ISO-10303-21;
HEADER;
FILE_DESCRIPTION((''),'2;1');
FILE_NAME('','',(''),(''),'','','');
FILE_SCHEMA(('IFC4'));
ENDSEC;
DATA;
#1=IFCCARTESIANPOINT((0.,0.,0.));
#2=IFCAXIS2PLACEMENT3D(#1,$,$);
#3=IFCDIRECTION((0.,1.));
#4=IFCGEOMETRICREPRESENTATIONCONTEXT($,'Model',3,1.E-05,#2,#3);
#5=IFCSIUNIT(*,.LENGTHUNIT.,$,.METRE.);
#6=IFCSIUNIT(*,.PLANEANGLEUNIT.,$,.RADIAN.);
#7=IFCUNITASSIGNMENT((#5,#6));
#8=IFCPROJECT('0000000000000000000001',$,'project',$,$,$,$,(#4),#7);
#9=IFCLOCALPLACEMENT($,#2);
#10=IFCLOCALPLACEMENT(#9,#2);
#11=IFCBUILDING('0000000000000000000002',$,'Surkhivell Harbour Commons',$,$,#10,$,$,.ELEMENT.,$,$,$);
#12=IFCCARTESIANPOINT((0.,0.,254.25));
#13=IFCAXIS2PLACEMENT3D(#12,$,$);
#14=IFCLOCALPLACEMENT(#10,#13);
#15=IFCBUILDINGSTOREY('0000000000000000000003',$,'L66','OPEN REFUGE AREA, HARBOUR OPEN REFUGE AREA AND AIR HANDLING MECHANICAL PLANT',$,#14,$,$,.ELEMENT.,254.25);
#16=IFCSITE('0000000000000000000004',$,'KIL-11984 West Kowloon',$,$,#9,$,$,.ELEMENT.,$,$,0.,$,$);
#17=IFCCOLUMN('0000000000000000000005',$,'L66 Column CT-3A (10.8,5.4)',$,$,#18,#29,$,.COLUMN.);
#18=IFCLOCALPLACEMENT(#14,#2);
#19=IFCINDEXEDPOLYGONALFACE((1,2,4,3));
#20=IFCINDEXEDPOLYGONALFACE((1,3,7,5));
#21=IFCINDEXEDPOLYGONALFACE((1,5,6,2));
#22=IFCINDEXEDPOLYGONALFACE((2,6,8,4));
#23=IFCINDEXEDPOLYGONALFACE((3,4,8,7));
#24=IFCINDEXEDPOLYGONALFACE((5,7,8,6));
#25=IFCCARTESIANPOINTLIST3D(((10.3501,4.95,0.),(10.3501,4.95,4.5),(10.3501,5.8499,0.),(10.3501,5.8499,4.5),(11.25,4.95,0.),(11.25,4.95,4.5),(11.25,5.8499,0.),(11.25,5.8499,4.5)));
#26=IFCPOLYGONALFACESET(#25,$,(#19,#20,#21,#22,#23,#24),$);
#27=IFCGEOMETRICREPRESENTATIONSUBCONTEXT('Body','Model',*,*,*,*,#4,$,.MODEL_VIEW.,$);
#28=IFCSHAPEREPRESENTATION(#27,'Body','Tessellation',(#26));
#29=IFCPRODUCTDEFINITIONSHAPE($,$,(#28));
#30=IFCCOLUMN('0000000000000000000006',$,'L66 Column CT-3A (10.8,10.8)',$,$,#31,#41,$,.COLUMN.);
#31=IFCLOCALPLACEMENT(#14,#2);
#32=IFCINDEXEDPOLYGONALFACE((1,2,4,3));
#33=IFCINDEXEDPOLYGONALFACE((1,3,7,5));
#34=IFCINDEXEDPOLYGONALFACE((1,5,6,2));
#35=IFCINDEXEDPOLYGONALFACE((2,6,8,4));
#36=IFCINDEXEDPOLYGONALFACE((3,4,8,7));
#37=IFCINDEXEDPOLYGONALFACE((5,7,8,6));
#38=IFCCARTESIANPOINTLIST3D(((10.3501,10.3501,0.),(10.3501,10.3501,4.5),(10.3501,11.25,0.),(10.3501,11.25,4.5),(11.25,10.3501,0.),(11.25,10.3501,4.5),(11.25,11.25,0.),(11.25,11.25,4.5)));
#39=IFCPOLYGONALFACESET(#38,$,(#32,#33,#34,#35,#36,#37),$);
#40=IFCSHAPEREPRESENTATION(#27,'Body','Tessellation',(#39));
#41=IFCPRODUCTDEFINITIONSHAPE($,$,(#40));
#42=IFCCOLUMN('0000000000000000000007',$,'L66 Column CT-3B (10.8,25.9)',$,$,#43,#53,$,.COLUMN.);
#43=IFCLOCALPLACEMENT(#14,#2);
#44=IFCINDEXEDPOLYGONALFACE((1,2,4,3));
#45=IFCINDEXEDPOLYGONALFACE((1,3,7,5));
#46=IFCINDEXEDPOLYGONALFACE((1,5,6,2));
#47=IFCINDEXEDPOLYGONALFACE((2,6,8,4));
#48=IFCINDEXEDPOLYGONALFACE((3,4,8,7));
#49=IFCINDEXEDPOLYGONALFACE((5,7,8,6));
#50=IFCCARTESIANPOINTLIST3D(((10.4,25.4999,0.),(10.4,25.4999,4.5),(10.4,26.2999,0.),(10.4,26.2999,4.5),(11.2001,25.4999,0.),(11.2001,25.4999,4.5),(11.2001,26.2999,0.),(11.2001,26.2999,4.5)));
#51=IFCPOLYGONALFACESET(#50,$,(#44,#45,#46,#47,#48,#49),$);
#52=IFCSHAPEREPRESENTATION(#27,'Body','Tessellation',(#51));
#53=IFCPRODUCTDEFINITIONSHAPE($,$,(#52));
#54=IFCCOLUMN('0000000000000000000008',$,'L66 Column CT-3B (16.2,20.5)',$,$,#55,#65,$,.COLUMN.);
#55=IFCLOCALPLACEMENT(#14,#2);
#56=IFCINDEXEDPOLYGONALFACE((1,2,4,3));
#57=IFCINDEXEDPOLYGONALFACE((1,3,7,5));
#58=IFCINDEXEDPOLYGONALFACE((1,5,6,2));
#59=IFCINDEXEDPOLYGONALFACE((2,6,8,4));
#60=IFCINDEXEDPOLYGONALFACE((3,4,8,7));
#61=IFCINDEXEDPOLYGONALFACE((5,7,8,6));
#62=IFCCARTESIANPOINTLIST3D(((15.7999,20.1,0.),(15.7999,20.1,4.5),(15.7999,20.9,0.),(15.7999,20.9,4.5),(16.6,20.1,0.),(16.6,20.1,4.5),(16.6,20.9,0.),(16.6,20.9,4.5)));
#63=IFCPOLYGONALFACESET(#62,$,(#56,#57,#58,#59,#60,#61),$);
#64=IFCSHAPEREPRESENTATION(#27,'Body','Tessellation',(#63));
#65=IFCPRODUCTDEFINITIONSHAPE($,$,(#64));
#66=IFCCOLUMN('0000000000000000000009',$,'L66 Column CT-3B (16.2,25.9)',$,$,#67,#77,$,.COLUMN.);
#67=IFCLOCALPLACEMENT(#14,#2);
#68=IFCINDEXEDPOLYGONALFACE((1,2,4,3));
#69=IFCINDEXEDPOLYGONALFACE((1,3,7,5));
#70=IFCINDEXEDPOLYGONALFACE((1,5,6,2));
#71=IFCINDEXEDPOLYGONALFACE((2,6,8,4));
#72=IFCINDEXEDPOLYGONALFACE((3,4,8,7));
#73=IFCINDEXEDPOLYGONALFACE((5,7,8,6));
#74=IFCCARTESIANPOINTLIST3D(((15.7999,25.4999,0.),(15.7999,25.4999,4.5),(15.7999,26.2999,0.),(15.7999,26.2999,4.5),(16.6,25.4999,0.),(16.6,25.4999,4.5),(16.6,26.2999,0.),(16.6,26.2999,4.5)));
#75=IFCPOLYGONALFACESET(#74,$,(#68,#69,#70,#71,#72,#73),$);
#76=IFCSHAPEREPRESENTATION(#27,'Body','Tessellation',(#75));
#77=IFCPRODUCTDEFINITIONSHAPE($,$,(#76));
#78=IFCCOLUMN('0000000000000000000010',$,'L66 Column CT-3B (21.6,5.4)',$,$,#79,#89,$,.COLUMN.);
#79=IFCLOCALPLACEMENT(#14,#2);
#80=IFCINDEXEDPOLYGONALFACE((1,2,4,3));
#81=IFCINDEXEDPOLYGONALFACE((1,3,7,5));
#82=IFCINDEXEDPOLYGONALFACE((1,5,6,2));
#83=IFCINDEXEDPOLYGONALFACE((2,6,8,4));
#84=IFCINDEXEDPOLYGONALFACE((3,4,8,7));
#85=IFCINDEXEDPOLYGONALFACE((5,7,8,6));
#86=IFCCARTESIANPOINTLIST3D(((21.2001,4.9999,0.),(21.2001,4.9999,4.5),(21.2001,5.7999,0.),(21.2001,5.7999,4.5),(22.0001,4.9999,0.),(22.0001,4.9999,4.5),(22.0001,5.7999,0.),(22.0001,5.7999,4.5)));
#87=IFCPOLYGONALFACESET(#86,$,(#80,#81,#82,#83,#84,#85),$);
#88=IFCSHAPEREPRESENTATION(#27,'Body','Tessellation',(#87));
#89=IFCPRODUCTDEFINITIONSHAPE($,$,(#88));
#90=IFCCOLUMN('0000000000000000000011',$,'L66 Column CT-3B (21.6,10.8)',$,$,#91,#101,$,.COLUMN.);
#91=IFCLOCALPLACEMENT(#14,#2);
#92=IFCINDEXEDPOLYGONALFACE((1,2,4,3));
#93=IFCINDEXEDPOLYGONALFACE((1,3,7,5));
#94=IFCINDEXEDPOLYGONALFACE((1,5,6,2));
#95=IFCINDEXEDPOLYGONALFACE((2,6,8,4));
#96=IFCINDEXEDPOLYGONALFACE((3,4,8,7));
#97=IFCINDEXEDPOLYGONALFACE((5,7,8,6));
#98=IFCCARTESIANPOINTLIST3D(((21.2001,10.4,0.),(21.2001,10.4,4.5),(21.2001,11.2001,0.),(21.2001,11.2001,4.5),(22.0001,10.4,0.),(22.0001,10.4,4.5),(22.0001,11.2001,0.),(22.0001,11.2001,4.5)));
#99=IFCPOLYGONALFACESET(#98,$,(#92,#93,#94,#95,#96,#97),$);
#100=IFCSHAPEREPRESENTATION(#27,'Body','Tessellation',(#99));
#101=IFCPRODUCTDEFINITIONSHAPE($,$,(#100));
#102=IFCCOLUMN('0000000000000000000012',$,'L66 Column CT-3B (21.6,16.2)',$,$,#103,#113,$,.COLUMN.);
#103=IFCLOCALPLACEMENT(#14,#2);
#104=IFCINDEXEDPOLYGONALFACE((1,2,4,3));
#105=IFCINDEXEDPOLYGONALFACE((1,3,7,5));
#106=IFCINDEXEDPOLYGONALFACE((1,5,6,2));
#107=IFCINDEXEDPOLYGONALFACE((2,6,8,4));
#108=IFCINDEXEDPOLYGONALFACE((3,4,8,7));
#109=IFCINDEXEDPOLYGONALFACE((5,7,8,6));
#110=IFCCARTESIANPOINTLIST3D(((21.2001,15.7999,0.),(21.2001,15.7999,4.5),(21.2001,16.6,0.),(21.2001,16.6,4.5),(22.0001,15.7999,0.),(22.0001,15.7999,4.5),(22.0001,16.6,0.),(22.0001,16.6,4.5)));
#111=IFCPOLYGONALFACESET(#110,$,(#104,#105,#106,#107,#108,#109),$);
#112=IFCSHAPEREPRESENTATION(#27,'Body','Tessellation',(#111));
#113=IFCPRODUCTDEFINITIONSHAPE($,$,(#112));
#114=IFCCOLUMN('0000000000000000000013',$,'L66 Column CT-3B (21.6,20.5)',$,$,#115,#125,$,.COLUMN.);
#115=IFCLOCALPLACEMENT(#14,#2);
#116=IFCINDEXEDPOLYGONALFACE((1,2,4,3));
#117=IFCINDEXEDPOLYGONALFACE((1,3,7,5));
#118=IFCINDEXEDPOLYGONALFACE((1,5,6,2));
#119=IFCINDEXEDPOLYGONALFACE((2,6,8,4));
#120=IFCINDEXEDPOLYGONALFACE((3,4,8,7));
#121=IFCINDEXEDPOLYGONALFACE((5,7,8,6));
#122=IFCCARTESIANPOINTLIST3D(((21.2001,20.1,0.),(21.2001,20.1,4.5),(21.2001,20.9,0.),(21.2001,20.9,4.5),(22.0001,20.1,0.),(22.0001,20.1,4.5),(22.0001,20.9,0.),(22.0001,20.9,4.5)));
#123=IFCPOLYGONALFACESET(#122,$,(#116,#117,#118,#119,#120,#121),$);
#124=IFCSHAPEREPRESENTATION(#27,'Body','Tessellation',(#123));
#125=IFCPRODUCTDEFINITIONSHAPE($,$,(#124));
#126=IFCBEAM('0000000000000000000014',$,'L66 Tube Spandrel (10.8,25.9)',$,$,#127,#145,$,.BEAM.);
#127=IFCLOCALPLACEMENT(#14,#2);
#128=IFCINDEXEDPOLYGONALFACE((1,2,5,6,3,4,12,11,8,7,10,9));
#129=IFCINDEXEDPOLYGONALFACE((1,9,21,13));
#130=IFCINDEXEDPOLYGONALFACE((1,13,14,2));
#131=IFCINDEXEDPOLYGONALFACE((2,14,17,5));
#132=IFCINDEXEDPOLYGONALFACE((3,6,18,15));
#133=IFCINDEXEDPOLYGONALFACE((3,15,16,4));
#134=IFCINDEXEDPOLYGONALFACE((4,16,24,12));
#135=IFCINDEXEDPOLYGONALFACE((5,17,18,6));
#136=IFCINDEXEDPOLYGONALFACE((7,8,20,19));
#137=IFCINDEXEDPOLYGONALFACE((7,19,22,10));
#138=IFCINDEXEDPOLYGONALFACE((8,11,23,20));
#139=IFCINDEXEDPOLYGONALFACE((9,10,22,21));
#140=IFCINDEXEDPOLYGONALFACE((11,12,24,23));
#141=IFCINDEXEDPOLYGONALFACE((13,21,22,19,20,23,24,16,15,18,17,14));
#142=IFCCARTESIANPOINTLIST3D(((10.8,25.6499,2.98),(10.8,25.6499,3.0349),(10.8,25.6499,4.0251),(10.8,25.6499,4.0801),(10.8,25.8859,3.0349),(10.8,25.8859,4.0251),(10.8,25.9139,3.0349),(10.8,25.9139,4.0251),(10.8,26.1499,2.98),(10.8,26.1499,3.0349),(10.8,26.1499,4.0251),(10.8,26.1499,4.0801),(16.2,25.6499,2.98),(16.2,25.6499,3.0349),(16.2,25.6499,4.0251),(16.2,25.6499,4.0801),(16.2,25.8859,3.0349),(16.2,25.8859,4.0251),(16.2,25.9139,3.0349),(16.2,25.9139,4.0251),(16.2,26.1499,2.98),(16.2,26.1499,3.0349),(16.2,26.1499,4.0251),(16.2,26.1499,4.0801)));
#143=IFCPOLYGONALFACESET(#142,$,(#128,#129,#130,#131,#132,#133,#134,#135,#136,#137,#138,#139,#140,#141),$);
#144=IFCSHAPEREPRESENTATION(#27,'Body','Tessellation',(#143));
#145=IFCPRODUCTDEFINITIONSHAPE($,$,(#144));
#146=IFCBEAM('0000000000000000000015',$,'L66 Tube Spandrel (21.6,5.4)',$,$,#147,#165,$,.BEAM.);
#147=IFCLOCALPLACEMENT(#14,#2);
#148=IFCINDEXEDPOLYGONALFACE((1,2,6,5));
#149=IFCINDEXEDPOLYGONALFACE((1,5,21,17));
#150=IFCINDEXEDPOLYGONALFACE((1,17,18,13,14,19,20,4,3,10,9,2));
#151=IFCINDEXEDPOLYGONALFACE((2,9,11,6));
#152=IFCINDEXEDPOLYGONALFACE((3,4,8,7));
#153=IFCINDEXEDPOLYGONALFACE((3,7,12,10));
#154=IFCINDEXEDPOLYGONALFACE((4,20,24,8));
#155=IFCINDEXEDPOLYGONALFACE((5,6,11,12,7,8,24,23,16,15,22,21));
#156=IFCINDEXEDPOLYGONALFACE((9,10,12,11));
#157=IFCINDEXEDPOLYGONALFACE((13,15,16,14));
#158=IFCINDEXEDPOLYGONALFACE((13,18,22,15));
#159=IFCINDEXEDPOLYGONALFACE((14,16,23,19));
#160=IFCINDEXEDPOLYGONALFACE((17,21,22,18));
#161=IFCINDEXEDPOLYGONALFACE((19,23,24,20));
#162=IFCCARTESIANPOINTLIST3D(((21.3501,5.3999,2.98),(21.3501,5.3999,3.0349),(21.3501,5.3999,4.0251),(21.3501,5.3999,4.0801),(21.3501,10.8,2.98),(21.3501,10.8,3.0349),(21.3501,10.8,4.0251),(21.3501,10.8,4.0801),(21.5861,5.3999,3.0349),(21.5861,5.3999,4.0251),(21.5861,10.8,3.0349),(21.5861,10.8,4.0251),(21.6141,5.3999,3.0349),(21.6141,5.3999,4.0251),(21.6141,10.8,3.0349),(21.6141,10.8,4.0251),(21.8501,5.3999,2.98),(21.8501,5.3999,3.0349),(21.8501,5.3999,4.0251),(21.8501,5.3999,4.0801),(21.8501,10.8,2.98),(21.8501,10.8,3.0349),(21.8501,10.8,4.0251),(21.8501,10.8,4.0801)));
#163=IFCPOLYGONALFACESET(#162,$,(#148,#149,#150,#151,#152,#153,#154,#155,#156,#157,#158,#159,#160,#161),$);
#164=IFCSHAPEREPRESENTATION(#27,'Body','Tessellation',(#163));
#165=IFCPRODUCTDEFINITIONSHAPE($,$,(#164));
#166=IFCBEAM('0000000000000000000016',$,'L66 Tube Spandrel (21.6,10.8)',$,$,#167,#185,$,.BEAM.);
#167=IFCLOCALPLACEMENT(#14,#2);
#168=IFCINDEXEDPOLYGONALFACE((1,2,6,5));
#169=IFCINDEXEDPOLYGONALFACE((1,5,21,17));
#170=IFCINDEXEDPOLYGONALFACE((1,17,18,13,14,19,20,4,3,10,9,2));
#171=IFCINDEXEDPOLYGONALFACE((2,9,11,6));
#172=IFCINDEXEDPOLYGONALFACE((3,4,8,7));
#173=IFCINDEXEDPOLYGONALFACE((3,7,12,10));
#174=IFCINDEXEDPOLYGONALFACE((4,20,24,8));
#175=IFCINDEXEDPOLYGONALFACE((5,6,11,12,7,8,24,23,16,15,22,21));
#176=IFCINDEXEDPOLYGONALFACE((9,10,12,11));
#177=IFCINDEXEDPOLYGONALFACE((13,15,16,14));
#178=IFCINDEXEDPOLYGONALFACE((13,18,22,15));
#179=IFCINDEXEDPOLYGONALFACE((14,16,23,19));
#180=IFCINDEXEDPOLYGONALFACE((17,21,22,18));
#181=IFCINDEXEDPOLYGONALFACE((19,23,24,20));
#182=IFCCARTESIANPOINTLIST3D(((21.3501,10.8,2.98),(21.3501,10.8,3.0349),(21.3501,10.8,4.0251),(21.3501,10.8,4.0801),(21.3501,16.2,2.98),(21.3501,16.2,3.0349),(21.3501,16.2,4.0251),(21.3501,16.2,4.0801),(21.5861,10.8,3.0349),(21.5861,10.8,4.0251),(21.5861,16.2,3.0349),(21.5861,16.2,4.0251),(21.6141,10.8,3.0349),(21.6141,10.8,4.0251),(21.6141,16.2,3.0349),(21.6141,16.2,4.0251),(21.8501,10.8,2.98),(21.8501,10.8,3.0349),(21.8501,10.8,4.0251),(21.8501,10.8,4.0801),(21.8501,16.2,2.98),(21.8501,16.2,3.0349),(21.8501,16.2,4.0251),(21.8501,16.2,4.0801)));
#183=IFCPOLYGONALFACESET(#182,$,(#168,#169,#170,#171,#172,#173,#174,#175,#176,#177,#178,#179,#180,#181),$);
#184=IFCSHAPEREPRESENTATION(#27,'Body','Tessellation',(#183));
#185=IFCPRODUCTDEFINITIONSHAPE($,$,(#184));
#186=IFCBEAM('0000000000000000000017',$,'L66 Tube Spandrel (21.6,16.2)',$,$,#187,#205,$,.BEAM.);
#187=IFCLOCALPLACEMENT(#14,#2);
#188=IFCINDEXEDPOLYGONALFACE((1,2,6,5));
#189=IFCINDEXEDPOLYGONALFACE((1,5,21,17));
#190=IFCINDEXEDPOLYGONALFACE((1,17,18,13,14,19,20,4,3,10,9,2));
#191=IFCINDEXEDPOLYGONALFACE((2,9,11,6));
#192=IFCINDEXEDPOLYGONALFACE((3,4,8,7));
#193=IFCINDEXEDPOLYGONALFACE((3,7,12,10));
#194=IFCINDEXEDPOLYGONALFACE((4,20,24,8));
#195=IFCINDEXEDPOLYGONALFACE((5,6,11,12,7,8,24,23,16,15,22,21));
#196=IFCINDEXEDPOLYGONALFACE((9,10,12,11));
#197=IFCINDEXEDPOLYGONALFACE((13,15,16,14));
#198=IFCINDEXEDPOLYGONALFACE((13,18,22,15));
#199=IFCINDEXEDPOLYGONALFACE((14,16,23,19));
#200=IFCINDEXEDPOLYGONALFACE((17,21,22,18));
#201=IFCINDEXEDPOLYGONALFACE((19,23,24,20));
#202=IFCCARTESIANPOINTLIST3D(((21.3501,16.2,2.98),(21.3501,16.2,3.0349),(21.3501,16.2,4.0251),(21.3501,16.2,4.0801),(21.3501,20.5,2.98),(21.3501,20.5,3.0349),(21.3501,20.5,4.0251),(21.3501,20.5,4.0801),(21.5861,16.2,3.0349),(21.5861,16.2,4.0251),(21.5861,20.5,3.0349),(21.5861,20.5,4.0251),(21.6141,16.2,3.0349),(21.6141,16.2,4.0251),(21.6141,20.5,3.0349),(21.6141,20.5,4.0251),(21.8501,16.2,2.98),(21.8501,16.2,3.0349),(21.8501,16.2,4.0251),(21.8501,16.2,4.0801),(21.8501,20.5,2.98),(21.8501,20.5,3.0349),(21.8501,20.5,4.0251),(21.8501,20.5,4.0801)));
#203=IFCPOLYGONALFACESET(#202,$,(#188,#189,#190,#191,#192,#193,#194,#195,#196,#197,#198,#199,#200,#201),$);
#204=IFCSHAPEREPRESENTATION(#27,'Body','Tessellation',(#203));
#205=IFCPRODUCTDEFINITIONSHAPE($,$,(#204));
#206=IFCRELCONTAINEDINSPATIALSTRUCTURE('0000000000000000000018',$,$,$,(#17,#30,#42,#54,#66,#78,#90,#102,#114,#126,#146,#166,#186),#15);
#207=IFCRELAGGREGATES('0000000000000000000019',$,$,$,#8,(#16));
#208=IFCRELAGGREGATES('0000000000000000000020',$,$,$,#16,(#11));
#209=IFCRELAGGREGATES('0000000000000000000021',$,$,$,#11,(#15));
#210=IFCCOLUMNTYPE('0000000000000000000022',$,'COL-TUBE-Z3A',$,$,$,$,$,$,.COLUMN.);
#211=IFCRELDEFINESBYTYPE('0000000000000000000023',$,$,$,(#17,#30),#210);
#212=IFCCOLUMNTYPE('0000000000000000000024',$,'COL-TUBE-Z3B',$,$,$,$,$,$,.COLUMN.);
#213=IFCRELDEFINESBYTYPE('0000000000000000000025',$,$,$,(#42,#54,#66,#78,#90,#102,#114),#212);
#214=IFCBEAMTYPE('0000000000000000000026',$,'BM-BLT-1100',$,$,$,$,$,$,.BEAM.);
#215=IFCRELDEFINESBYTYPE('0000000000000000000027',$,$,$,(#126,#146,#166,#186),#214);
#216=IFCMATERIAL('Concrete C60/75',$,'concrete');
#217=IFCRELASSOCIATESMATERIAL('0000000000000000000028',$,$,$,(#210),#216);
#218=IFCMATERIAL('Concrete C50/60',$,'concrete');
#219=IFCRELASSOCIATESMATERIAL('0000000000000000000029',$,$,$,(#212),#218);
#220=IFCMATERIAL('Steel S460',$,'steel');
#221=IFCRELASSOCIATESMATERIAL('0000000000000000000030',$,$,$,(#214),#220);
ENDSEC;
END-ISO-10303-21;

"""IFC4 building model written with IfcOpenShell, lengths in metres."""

from ifc_helpers import new_model, si_unit, direction, frame, origin, origin_2d, place, context, subcontext, project, spatial, rectangle, i_section, extrude, material, material_profile, profile_set, type_object, element, save


model = new_model("IFC4")

# Units and contexts
model_context = context("Model", 3, precision=1e-05, world=origin(), true_north=direction((0.0, 1.0)))
body_context = subcontext(model_context, "Body", "Model", "MODEL_VIEW")
ifc_project = project(units=[si_unit("LENGTHUNIT", "METRE"), si_unit("PLANEANGLEUNIT", "RADIAN")], contexts=[model_context])

# Site, building, storey
site_placement = place(None, origin())
site = spatial("IfcSite", under=ifc_project, at=site_placement, Name="KIL-11984 West Kowloon", CompositionType="ELEMENT", RefElevation=0.0)
building_placement = place(site_placement, origin())
building = spatial("IfcBuilding", under=site, at=building_placement, Name="Surkhivell Harbour Commons", CompositionType="ELEMENT")
storey_placement = place(building_placement, frame((0.0, 0.0, 254.25)))
storey = spatial("IfcBuildingStorey", under=building, at=storey_placement, Name="L66", Description="OPEN REFUGE AREA, HARBOUR OPEN REFUGE AREA AND AIR HANDLING MECHANICAL PLANT", CompositionType="ELEMENT", Elevation=254.25)

# Columns
ifc_material_1 = material(Name="Concrete C60/75", Category="concrete")
ifc_material_profile_1 = material_profile(ifc_material_1, rectangle(XDim=0.8999, YDim=0.8999, at=origin_2d()), Name="RC-COL-900x900")
ifc_profile_set_1 = profile_set([ifc_material_profile_1], Name="Concrete C60/75")
column_type_1 = type_object("IfcColumnType", Name="COL-TUBE-Z3A", PredefinedType="COLUMN", material=ifc_profile_set_1)
for number, where, z_axis, x_axis, name in (
    (1, (10.8, 5.3999, 0.0), (0.0, 0.0, 1.0), (1.0, 0.0, 0.0), "L66 Column CT-3A (10.8,5.4)"),
    (2, (10.8, 10.8, 0.0), (0.0, 0.0, 1.0), (1.0, 0.0, 0.0), "L66 Column CT-3A (10.8,10.8)"),
):
    element("IfcColumn", number, at=place(storey_placement, frame(where, z_axis=z_axis, x_axis=x_axis)), inside=storey, type_object=column_type_1, Name=name, PredefinedType="COLUMN", context=body_context, shape_type="SweptSolid", body=[
        extrude(rectangle(XDim=0.8999, YDim=0.8999, at=origin_2d()), origin(), (0.0, 0.0, 1.0), 4.5),
    ])
ifc_material_2 = material(Name="Concrete C50/60", Category="concrete")
ifc_material_profile_2 = material_profile(ifc_material_2, rectangle(XDim=0.8, YDim=0.8, at=origin_2d()), Name="RC-COL-800x800")
ifc_profile_set_2 = profile_set([ifc_material_profile_2], Name="Concrete C50/60")
column_type_2 = type_object("IfcColumnType", Name="COL-TUBE-Z3B", PredefinedType="COLUMN", material=ifc_profile_set_2)
for number, where, z_axis, x_axis, name in (
    (3, (10.8, 25.8999, 0.0), (0.0, 0.0, 1.0), (1.0, 0.0, 0.0), "L66 Column CT-3B (10.8,25.9)"),
    (4, (16.2, 20.5, 0.0), (0.0, 0.0, 1.0), (1.0, 0.0, 0.0), "L66 Column CT-3B (16.2,20.5)"),
    (5, (16.2, 25.8999, 0.0), (0.0, 0.0, 1.0), (1.0, 0.0, 0.0), "L66 Column CT-3B (16.2,25.9)"),
    (6, (21.6001, 5.3999, 0.0), (0.0, 0.0, 1.0), (1.0, 0.0, 0.0), "L66 Column CT-3B (21.6,5.4)"),
    (7, (21.6001, 10.8, 0.0), (0.0, 0.0, 1.0), (1.0, 0.0, 0.0), "L66 Column CT-3B (21.6,10.8)"),
    (8, (21.6001, 16.2, 0.0), (0.0, 0.0, 1.0), (1.0, 0.0, 0.0), "L66 Column CT-3B (21.6,16.2)"),
    (9, (21.6001, 20.5, 0.0), (0.0, 0.0, 1.0), (1.0, 0.0, 0.0), "L66 Column CT-3B (21.6,20.5)"),
):
    element("IfcColumn", number, at=place(storey_placement, frame(where, z_axis=z_axis, x_axis=x_axis)), inside=storey, type_object=column_type_2, Name=name, PredefinedType="COLUMN", context=body_context, shape_type="SweptSolid", body=[
        extrude(rectangle(XDim=0.8, YDim=0.8, at=origin_2d()), origin(), (0.0, 0.0, 1.0), 4.5),
    ])

# Beams
ifc_material_3 = material(Name="Steel S460", Category="steel")
ifc_material_profile_3 = material_profile(ifc_material_3, i_section(OverallWidth=0.5, OverallDepth=1.1001, WebThickness=0.0281, FlangeThickness=0.0549, at=origin_2d()), Name="WPG1100x500x210")
ifc_profile_set_3 = profile_set([ifc_material_profile_3], Name="Steel S460")
beam_type_1 = type_object("IfcBeamType", Name="BM-BLT-1100", PredefinedType="BEAM", material=ifc_profile_set_3)
beam_1_placement = place(storey_placement, frame((10.8, 25.8999, 3.53), z_axis=(1.0, 0.0, 0.0), x_axis=(0.0, 1.0, 0.0)))
element("IfcBeam", 10, at=beam_1_placement, inside=storey, type_object=beam_type_1, Name="L66 Tube Spandrel (10.8,25.9)", PredefinedType="BEAM", context=body_context, shape_type="SweptSolid", body=[
    extrude(i_section(OverallWidth=0.5, OverallDepth=1.1001, WebThickness=0.0281, FlangeThickness=0.0549, at=origin_2d()), origin(), (0.0, 0.0, 1.0), 5.3999),
])
beam_2_placement = place(storey_placement, frame((21.6001, 5.3999, 3.53), z_axis=(0.0, 1.0, 0.0), x_axis=(-1.0, 0.0, 0.0)))
element("IfcBeam", 11, at=beam_2_placement, inside=storey, type_object=beam_type_1, Name="L66 Tube Spandrel (21.6,5.4)", PredefinedType="BEAM", context=body_context, shape_type="SweptSolid", body=[
    extrude(i_section(OverallWidth=0.5, OverallDepth=1.1001, WebThickness=0.0281, FlangeThickness=0.0549, at=origin_2d()), origin(), (0.0, 0.0, 1.0), 5.4001),
])
beam_3_placement = place(storey_placement, frame((21.6001, 10.8, 3.53), z_axis=(0.0, 1.0, 0.0), x_axis=(-1.0, 0.0, 0.0)))
element("IfcBeam", 12, at=beam_3_placement, inside=storey, type_object=beam_type_1, Name="L66 Tube Spandrel (21.6,10.8)", PredefinedType="BEAM", context=body_context, shape_type="SweptSolid", body=[
    extrude(i_section(OverallWidth=0.5, OverallDepth=1.1001, WebThickness=0.0281, FlangeThickness=0.0549, at=origin_2d()), origin(), (0.0, 0.0, 1.0), 5.3999),
])
beam_4_placement = place(storey_placement, frame((21.6001, 16.2, 3.53), z_axis=(0.0, 1.0, 0.0), x_axis=(-1.0, 0.0, 0.0)))
element("IfcBeam", 13, at=beam_4_placement, inside=storey, type_object=beam_type_1, Name="L66 Tube Spandrel (21.6,16.2)", PredefinedType="BEAM", context=body_context, shape_type="SweptSolid", body=[
    extrude(i_section(OverallWidth=0.5, OverallDepth=1.1001, WebThickness=0.0281, FlangeThickness=0.0549, at=origin_2d()), origin(), (0.0, 0.0, 1.0), 4.3),
])

save(model, "model.ifc")
